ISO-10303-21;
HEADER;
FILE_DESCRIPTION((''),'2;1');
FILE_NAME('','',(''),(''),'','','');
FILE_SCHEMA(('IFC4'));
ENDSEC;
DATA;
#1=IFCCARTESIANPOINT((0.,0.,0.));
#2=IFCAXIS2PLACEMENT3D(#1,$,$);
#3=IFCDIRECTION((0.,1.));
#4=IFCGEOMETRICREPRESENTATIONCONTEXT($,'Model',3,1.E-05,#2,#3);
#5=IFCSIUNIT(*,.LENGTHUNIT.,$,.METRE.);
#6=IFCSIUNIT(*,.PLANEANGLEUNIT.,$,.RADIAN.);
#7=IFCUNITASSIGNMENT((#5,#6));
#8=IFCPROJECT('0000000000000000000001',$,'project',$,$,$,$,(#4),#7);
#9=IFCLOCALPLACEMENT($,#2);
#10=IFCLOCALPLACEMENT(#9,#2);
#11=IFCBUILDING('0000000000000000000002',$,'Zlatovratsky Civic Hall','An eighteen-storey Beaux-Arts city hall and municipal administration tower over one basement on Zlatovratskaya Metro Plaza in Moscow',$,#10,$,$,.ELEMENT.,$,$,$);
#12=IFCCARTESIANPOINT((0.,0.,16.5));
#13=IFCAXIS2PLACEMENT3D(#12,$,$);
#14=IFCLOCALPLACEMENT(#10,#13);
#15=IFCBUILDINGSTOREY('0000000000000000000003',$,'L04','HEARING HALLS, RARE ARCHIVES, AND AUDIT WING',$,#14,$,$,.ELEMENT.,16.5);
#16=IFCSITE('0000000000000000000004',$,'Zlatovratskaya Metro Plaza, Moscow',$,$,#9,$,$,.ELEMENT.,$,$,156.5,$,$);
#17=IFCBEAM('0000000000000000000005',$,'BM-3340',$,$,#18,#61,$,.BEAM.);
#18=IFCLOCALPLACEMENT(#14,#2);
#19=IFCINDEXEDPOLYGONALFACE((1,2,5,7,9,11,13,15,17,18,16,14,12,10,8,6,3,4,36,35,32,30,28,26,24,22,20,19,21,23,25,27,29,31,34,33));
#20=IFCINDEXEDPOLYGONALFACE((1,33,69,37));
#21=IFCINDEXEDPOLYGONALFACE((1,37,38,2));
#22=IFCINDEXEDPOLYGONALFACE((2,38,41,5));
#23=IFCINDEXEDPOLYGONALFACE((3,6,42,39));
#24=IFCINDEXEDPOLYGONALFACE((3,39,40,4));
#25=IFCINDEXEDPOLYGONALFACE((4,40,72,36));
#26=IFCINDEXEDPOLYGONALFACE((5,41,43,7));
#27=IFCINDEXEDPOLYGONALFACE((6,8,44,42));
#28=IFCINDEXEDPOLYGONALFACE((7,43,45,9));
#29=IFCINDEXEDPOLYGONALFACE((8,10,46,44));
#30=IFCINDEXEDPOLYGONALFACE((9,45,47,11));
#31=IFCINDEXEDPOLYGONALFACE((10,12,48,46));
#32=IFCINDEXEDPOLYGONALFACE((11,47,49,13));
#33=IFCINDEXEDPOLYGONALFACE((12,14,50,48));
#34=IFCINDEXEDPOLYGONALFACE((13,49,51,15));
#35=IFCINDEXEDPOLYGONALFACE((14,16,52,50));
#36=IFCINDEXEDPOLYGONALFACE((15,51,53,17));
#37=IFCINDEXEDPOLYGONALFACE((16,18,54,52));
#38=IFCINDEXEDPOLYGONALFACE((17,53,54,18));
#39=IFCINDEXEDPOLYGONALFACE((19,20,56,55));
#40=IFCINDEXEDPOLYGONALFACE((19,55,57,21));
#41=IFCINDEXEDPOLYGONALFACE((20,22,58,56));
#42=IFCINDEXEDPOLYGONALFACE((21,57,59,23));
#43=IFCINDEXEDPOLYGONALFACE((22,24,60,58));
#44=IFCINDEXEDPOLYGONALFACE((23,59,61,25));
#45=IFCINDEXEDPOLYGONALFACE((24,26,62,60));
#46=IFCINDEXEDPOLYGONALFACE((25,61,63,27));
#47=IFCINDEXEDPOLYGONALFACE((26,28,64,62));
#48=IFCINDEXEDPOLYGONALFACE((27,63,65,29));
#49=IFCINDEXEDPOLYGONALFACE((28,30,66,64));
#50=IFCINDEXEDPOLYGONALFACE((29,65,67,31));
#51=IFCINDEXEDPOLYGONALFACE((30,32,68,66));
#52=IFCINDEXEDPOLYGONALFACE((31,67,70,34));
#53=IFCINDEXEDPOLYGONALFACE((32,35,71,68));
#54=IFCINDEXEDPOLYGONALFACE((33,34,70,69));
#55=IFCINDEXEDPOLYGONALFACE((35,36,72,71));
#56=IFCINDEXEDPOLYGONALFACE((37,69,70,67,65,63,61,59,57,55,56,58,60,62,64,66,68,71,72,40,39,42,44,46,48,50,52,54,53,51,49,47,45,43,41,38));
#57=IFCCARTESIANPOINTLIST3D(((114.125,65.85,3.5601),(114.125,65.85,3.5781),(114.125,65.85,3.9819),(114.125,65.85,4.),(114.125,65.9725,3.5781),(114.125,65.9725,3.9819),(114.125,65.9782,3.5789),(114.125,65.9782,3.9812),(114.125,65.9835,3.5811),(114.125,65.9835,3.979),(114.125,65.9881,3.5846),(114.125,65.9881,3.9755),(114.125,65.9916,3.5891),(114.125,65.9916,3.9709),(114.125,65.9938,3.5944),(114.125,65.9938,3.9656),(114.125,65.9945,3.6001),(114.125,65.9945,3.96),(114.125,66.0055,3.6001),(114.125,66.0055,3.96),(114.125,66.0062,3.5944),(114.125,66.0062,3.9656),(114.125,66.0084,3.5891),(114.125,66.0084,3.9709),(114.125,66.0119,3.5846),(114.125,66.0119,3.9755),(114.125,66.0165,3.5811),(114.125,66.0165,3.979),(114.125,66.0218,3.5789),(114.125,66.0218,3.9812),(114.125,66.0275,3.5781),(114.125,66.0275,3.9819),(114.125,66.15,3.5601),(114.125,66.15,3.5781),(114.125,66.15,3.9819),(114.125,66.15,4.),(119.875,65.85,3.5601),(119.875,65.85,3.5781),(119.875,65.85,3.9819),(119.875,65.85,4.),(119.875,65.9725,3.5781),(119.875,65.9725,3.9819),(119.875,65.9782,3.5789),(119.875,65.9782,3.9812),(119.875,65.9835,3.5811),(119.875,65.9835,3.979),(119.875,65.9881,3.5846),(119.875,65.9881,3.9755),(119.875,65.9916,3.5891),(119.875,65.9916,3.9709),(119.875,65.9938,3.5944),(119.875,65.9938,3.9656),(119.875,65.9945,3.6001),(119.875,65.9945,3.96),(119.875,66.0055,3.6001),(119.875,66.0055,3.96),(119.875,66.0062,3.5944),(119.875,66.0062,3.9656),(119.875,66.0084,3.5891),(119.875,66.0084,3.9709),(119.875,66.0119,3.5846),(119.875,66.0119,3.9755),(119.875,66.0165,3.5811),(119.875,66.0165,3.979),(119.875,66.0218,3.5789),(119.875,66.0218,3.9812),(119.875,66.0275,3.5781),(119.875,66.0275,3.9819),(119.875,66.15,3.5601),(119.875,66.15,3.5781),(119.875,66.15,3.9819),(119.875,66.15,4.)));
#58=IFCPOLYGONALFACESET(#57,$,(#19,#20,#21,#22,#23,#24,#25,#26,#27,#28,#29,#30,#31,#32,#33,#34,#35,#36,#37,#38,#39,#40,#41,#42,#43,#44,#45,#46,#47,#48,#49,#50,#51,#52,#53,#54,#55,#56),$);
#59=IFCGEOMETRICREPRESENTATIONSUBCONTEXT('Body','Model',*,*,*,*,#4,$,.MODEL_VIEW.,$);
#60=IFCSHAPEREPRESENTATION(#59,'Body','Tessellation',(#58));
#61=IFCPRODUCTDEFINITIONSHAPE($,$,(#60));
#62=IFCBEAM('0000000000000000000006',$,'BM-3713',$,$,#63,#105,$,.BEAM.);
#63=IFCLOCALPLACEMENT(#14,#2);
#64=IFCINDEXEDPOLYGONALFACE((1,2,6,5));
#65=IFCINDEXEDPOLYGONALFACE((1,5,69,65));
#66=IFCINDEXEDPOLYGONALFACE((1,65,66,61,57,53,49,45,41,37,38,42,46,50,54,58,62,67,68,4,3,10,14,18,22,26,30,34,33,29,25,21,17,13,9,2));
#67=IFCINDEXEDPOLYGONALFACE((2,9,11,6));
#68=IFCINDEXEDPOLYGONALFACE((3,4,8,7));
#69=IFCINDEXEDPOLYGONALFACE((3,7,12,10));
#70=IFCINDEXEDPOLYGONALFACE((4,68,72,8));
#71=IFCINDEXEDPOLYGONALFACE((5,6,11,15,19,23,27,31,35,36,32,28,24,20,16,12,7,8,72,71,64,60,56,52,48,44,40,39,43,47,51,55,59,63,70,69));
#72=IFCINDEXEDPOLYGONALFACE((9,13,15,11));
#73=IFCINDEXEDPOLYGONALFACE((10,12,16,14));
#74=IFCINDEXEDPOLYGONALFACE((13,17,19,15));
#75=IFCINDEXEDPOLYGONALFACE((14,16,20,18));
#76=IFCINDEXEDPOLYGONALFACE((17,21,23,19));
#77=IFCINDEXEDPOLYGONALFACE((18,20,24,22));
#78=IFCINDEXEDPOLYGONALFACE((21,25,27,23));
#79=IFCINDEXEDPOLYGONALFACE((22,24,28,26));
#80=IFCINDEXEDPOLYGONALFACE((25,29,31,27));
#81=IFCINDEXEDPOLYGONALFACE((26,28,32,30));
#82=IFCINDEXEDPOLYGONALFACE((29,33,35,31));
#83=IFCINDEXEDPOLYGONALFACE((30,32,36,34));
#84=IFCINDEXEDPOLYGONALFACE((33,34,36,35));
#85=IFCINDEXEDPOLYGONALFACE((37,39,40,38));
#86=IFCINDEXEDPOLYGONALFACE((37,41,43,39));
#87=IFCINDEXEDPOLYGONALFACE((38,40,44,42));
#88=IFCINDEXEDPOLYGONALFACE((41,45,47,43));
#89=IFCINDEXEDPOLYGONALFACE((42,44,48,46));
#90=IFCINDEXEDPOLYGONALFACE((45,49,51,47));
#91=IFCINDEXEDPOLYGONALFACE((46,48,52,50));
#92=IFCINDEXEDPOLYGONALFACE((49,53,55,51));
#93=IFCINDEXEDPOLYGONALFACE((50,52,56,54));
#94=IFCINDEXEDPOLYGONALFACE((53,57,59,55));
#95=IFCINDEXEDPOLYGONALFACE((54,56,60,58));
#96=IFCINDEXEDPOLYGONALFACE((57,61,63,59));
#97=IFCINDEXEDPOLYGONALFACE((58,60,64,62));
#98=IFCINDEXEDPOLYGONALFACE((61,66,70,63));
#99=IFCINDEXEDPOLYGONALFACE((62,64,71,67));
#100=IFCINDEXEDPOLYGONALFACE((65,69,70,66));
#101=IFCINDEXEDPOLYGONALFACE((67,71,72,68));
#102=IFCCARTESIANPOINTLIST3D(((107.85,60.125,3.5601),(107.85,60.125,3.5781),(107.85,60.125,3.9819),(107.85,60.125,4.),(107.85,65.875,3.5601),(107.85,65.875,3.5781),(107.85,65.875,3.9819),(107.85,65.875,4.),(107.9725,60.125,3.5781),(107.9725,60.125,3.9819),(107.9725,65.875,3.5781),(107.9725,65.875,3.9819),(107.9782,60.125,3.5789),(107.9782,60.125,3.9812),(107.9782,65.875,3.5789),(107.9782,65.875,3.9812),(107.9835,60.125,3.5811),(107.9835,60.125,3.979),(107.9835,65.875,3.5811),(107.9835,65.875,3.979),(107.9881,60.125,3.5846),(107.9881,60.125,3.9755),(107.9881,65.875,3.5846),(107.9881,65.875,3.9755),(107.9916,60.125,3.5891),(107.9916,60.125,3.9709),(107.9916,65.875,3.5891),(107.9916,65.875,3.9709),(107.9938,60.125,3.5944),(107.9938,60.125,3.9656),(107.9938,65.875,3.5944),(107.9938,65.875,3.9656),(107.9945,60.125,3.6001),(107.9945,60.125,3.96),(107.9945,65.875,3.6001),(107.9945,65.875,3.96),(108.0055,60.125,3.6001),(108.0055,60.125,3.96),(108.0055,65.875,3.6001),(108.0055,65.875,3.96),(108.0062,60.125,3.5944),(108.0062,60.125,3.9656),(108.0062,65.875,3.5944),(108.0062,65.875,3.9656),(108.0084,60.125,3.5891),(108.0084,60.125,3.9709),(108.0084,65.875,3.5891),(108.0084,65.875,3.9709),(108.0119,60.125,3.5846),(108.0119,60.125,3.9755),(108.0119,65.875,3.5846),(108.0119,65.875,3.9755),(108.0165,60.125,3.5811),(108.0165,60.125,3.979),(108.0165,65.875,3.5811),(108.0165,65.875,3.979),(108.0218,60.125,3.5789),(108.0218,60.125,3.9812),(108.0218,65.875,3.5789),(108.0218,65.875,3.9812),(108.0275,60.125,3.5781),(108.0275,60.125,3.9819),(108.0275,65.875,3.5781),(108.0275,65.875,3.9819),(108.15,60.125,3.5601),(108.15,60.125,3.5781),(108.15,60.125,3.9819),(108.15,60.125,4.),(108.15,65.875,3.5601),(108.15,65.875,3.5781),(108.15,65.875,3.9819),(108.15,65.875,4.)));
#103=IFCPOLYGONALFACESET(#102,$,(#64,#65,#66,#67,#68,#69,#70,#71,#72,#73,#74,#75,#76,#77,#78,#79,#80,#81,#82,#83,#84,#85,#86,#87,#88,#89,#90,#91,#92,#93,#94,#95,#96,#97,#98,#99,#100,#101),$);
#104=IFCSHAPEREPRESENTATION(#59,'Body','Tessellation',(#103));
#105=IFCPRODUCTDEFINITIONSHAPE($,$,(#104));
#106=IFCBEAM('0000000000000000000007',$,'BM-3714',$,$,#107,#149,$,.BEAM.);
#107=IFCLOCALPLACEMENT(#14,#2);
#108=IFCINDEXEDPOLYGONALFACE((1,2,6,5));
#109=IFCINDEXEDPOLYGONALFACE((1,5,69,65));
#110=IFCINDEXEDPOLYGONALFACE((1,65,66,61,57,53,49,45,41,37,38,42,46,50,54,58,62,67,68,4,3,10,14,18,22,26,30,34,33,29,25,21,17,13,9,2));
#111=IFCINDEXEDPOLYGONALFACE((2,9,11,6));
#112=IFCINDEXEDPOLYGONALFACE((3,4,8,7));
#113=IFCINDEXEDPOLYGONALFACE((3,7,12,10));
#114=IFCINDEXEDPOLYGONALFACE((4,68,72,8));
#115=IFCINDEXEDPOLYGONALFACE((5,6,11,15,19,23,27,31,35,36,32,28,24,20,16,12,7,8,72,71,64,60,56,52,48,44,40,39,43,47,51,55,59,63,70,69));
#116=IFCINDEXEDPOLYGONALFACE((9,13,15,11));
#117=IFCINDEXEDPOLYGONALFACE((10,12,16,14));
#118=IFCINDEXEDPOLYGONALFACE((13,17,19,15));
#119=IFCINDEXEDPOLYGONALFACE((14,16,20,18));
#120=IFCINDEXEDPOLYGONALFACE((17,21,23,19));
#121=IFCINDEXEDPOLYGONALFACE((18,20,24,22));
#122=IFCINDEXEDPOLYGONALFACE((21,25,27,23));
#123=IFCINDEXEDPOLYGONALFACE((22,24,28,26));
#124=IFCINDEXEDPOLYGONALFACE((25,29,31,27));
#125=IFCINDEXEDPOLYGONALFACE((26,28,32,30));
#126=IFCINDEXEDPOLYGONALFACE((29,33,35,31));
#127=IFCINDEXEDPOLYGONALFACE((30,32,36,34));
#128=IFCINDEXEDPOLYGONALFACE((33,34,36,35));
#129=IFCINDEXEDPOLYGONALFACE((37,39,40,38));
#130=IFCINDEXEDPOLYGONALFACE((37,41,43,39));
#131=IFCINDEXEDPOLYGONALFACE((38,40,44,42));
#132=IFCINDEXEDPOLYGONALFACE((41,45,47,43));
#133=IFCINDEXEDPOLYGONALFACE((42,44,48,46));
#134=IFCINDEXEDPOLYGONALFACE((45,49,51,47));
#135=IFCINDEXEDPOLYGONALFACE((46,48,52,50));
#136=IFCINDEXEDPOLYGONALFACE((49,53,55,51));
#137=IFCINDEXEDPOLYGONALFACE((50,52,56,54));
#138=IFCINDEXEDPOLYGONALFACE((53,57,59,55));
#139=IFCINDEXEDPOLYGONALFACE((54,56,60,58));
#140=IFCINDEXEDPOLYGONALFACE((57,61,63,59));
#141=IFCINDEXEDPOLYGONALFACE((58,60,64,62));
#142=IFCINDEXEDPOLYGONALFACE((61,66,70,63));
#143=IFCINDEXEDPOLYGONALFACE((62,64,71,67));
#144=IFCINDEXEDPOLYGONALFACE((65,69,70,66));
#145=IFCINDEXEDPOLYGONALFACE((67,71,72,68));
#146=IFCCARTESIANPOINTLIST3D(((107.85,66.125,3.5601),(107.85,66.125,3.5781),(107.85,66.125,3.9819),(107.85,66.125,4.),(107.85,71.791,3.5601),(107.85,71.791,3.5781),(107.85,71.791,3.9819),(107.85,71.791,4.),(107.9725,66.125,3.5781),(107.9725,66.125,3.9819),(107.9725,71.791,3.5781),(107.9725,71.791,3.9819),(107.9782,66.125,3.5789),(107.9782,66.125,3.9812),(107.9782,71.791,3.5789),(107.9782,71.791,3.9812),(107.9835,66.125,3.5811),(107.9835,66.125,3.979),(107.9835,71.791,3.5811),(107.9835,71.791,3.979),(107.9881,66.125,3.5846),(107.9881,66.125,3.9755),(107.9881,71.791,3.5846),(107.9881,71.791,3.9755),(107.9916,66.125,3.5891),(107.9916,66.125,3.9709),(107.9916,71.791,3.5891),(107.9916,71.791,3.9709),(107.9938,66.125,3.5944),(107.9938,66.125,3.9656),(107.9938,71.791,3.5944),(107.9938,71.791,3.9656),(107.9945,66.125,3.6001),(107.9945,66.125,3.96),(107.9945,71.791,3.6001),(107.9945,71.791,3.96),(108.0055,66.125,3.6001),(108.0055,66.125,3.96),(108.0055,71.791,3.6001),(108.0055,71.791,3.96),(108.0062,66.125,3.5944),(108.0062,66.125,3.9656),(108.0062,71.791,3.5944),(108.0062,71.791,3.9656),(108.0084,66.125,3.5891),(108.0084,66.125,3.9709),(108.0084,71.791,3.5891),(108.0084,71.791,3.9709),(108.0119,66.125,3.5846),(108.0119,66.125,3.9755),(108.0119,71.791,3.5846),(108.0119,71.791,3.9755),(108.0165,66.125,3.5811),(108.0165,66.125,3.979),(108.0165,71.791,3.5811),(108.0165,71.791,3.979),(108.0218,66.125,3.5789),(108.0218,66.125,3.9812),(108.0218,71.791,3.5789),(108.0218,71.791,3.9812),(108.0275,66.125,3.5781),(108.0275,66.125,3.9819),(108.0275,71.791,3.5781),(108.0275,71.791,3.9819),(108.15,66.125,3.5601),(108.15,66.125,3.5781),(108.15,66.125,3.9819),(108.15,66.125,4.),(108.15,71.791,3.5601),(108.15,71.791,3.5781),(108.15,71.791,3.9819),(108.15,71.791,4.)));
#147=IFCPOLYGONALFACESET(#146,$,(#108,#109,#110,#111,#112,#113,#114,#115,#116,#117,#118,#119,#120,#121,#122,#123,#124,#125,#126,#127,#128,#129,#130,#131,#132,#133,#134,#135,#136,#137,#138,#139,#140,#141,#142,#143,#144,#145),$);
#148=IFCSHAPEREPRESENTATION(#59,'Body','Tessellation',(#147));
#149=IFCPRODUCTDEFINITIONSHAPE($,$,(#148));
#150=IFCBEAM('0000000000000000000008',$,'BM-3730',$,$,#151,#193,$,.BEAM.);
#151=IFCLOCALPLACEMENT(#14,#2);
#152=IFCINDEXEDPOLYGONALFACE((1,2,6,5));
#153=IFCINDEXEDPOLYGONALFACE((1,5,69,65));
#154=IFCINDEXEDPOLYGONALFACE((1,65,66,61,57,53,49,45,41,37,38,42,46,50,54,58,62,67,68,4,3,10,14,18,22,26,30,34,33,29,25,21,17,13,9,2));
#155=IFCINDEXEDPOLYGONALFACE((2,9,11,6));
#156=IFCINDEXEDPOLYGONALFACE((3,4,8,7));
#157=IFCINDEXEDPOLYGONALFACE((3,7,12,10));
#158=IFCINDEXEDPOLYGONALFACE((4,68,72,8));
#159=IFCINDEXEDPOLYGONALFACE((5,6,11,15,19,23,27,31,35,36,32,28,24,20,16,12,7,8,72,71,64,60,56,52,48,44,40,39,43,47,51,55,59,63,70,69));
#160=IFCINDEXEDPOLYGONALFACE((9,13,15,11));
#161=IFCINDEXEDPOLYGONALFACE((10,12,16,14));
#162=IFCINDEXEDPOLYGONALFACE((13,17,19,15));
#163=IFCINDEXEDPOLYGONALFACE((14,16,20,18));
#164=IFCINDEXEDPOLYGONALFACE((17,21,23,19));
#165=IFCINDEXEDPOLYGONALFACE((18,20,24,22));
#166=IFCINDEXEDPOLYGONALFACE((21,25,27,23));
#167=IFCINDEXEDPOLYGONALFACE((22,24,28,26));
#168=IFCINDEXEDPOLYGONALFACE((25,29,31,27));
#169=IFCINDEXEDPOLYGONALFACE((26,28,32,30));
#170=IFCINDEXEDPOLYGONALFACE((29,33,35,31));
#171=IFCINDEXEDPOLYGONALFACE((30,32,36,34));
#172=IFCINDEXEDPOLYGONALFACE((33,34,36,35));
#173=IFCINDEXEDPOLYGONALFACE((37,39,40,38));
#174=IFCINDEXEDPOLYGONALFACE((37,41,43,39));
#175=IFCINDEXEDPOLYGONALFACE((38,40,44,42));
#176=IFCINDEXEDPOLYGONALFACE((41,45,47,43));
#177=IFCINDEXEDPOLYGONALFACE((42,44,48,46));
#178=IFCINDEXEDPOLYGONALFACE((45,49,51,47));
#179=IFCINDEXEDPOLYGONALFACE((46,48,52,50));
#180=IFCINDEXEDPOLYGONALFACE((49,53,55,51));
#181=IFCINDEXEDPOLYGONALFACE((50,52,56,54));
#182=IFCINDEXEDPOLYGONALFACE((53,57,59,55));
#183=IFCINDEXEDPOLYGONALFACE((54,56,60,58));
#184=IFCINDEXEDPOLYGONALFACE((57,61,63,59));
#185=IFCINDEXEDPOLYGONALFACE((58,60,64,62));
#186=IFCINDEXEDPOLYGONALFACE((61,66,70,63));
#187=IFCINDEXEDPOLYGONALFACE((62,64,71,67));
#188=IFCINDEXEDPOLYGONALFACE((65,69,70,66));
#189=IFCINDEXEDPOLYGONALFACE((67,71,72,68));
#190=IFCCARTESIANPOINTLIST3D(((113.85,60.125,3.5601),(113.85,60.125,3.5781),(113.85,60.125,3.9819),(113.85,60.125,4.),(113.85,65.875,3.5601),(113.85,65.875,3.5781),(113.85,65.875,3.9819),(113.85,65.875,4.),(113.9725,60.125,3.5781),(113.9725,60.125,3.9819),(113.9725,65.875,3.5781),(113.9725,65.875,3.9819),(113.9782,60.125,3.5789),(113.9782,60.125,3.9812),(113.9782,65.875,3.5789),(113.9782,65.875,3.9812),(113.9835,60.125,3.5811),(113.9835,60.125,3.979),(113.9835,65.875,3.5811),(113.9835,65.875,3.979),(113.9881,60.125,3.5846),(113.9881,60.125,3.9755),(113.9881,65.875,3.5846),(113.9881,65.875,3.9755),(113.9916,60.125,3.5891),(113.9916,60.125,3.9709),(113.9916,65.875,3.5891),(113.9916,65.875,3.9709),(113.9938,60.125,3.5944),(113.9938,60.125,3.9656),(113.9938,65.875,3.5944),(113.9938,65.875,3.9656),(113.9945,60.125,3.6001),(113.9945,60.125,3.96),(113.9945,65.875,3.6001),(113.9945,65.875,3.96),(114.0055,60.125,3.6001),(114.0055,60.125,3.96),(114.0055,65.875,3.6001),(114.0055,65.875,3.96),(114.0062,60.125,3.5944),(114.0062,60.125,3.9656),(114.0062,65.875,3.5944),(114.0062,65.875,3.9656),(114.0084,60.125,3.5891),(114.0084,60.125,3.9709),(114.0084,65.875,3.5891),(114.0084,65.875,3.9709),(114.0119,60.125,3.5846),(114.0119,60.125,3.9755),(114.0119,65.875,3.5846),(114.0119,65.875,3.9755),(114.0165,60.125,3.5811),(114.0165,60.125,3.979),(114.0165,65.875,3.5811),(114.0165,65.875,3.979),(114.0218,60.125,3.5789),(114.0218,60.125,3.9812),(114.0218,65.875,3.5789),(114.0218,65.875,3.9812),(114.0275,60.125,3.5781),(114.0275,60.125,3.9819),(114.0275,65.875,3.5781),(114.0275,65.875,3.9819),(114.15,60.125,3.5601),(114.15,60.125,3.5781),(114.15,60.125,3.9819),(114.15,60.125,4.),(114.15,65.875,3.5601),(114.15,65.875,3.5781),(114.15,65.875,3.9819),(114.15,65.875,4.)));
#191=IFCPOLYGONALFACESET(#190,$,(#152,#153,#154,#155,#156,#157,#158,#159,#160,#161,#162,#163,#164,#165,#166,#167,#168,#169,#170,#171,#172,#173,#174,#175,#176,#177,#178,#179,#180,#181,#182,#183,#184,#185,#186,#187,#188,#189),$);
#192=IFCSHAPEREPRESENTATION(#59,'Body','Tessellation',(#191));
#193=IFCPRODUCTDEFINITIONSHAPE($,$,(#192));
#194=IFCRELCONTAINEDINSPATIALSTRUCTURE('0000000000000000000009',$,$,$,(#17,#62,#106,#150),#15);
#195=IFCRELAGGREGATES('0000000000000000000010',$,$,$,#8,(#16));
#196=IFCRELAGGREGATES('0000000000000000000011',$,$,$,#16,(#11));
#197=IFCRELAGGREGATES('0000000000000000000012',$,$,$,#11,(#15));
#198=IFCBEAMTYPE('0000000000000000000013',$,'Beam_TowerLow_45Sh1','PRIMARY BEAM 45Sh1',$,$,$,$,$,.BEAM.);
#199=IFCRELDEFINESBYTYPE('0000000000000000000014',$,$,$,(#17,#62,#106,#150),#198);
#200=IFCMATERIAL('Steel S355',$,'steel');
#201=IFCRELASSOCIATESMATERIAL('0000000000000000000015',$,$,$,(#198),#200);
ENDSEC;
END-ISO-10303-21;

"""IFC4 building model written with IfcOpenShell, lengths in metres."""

from ifc_helpers import new_model, si_unit, direction, frame, origin, origin_2d, place, context, subcontext, project, spatial, i_section, extrude, material, material_profile, profile_set, type_object, element, save


model = new_model("IFC4")

# Units and contexts
model_context = context("Model", 3, precision=1e-05, world=origin(), true_north=direction((0.0, 1.0)))
body_context = subcontext(model_context, "Body", "Model", "MODEL_VIEW")
ifc_project = project(units=[si_unit("LENGTHUNIT", "METRE"), si_unit("PLANEANGLEUNIT", "RADIAN")], contexts=[model_context])

# Site, building, storey
site_placement = place(None, origin())
site = spatial("IfcSite", under=ifc_project, at=site_placement, Name="Zlatovratskaya Metro Plaza, Moscow", CompositionType="ELEMENT", RefElevation=156.5)
building_placement = place(site_placement, origin())
building = spatial("IfcBuilding", under=site, at=building_placement, Name="Zlatovratsky Civic Hall", Description="An eighteen-storey Beaux-Arts city hall and municipal administration tower over one basement on Zlatovratskaya Metro Plaza in Moscow", CompositionType="ELEMENT")
storey_placement = place(building_placement, frame((0.0, 0.0, 16.5)))
storey = spatial("IfcBuildingStorey", under=building, at=storey_placement, Name="L04", Description="HEARING HALLS, RARE ARCHIVES, AND AUDIT WING", CompositionType="ELEMENT", Elevation=16.5)

# Shared definitions
ifc_material_1 = material(Name="Steel S355", Category="steel")

# Beams
ifc_material_profile_1 = material_profile(ifc_material_1, i_section(OverallWidth=0.3, OverallDepth=0.4399, WebThickness=0.011, FlangeThickness=0.0181, FilletRadius=0.022, at=origin_2d()), Name="45Sh1")
ifc_profile_set_1 = profile_set([ifc_material_profile_1], Name="Steel S355")
beam_type_1 = type_object("IfcBeamType", Name="Beam_TowerLow_45Sh1", Description="PRIMARY BEAM 45Sh1", PredefinedType="BEAM", material=ifc_profile_set_1)
for number, where, z_axis, x_axis, name in (
    (1, (114.125, 66.0, 3.78), (1.0, 0.0, 0.0), (0.0, 1.0, 0.0), "BM-3340"),
    (2, (108.0, 60.125, 3.78), (0.0, 1.0, 0.0), (-1.0, 0.0, 0.0), "BM-3713"),
):
    element("IfcBeam", number, at=place(storey_placement, frame(where, z_axis=z_axis, x_axis=x_axis)), inside=storey, type_object=beam_type_1, Name=name, PredefinedType="BEAM", context=body_context, shape_type="SweptSolid", body=[
        extrude(i_section(OverallWidth=0.3, OverallDepth=0.4399, WebThickness=0.011, FlangeThickness=0.0181, FilletRadius=0.022, at=origin_2d()), origin(), (0.0, 0.0, 1.0), 5.75),
    ])
beam_1_placement = place(storey_placement, frame((108.0, 66.125, 3.78), z_axis=(0.0, 1.0, 0.0), x_axis=(-1.0, 0.0, 0.0)))
element("IfcBeam", 3, at=beam_1_placement, inside=storey, type_object=beam_type_1, Name="BM-3714", PredefinedType="BEAM", context=body_context, shape_type="SweptSolid", body=[
    extrude(i_section(OverallWidth=0.3, OverallDepth=0.4399, WebThickness=0.011, FlangeThickness=0.0181, FilletRadius=0.022, at=origin_2d()), origin(), (0.0, 0.0, 1.0), 5.666),
])
beam_2_placement = place(storey_placement, frame((114.0, 60.125, 3.78), z_axis=(0.0, 1.0, 0.0), x_axis=(-1.0, 0.0, 0.0)))
element("IfcBeam", 4, at=beam_2_placement, inside=storey, type_object=beam_type_1, Name="BM-3730", PredefinedType="BEAM", context=body_context, shape_type="SweptSolid", body=[
    extrude(i_section(OverallWidth=0.3, OverallDepth=0.4399, WebThickness=0.011, FlangeThickness=0.0181, FilletRadius=0.022, at=origin_2d()), origin(), (0.0, 0.0, 1.0), 5.75),
])

save(model, "model.ifc")
